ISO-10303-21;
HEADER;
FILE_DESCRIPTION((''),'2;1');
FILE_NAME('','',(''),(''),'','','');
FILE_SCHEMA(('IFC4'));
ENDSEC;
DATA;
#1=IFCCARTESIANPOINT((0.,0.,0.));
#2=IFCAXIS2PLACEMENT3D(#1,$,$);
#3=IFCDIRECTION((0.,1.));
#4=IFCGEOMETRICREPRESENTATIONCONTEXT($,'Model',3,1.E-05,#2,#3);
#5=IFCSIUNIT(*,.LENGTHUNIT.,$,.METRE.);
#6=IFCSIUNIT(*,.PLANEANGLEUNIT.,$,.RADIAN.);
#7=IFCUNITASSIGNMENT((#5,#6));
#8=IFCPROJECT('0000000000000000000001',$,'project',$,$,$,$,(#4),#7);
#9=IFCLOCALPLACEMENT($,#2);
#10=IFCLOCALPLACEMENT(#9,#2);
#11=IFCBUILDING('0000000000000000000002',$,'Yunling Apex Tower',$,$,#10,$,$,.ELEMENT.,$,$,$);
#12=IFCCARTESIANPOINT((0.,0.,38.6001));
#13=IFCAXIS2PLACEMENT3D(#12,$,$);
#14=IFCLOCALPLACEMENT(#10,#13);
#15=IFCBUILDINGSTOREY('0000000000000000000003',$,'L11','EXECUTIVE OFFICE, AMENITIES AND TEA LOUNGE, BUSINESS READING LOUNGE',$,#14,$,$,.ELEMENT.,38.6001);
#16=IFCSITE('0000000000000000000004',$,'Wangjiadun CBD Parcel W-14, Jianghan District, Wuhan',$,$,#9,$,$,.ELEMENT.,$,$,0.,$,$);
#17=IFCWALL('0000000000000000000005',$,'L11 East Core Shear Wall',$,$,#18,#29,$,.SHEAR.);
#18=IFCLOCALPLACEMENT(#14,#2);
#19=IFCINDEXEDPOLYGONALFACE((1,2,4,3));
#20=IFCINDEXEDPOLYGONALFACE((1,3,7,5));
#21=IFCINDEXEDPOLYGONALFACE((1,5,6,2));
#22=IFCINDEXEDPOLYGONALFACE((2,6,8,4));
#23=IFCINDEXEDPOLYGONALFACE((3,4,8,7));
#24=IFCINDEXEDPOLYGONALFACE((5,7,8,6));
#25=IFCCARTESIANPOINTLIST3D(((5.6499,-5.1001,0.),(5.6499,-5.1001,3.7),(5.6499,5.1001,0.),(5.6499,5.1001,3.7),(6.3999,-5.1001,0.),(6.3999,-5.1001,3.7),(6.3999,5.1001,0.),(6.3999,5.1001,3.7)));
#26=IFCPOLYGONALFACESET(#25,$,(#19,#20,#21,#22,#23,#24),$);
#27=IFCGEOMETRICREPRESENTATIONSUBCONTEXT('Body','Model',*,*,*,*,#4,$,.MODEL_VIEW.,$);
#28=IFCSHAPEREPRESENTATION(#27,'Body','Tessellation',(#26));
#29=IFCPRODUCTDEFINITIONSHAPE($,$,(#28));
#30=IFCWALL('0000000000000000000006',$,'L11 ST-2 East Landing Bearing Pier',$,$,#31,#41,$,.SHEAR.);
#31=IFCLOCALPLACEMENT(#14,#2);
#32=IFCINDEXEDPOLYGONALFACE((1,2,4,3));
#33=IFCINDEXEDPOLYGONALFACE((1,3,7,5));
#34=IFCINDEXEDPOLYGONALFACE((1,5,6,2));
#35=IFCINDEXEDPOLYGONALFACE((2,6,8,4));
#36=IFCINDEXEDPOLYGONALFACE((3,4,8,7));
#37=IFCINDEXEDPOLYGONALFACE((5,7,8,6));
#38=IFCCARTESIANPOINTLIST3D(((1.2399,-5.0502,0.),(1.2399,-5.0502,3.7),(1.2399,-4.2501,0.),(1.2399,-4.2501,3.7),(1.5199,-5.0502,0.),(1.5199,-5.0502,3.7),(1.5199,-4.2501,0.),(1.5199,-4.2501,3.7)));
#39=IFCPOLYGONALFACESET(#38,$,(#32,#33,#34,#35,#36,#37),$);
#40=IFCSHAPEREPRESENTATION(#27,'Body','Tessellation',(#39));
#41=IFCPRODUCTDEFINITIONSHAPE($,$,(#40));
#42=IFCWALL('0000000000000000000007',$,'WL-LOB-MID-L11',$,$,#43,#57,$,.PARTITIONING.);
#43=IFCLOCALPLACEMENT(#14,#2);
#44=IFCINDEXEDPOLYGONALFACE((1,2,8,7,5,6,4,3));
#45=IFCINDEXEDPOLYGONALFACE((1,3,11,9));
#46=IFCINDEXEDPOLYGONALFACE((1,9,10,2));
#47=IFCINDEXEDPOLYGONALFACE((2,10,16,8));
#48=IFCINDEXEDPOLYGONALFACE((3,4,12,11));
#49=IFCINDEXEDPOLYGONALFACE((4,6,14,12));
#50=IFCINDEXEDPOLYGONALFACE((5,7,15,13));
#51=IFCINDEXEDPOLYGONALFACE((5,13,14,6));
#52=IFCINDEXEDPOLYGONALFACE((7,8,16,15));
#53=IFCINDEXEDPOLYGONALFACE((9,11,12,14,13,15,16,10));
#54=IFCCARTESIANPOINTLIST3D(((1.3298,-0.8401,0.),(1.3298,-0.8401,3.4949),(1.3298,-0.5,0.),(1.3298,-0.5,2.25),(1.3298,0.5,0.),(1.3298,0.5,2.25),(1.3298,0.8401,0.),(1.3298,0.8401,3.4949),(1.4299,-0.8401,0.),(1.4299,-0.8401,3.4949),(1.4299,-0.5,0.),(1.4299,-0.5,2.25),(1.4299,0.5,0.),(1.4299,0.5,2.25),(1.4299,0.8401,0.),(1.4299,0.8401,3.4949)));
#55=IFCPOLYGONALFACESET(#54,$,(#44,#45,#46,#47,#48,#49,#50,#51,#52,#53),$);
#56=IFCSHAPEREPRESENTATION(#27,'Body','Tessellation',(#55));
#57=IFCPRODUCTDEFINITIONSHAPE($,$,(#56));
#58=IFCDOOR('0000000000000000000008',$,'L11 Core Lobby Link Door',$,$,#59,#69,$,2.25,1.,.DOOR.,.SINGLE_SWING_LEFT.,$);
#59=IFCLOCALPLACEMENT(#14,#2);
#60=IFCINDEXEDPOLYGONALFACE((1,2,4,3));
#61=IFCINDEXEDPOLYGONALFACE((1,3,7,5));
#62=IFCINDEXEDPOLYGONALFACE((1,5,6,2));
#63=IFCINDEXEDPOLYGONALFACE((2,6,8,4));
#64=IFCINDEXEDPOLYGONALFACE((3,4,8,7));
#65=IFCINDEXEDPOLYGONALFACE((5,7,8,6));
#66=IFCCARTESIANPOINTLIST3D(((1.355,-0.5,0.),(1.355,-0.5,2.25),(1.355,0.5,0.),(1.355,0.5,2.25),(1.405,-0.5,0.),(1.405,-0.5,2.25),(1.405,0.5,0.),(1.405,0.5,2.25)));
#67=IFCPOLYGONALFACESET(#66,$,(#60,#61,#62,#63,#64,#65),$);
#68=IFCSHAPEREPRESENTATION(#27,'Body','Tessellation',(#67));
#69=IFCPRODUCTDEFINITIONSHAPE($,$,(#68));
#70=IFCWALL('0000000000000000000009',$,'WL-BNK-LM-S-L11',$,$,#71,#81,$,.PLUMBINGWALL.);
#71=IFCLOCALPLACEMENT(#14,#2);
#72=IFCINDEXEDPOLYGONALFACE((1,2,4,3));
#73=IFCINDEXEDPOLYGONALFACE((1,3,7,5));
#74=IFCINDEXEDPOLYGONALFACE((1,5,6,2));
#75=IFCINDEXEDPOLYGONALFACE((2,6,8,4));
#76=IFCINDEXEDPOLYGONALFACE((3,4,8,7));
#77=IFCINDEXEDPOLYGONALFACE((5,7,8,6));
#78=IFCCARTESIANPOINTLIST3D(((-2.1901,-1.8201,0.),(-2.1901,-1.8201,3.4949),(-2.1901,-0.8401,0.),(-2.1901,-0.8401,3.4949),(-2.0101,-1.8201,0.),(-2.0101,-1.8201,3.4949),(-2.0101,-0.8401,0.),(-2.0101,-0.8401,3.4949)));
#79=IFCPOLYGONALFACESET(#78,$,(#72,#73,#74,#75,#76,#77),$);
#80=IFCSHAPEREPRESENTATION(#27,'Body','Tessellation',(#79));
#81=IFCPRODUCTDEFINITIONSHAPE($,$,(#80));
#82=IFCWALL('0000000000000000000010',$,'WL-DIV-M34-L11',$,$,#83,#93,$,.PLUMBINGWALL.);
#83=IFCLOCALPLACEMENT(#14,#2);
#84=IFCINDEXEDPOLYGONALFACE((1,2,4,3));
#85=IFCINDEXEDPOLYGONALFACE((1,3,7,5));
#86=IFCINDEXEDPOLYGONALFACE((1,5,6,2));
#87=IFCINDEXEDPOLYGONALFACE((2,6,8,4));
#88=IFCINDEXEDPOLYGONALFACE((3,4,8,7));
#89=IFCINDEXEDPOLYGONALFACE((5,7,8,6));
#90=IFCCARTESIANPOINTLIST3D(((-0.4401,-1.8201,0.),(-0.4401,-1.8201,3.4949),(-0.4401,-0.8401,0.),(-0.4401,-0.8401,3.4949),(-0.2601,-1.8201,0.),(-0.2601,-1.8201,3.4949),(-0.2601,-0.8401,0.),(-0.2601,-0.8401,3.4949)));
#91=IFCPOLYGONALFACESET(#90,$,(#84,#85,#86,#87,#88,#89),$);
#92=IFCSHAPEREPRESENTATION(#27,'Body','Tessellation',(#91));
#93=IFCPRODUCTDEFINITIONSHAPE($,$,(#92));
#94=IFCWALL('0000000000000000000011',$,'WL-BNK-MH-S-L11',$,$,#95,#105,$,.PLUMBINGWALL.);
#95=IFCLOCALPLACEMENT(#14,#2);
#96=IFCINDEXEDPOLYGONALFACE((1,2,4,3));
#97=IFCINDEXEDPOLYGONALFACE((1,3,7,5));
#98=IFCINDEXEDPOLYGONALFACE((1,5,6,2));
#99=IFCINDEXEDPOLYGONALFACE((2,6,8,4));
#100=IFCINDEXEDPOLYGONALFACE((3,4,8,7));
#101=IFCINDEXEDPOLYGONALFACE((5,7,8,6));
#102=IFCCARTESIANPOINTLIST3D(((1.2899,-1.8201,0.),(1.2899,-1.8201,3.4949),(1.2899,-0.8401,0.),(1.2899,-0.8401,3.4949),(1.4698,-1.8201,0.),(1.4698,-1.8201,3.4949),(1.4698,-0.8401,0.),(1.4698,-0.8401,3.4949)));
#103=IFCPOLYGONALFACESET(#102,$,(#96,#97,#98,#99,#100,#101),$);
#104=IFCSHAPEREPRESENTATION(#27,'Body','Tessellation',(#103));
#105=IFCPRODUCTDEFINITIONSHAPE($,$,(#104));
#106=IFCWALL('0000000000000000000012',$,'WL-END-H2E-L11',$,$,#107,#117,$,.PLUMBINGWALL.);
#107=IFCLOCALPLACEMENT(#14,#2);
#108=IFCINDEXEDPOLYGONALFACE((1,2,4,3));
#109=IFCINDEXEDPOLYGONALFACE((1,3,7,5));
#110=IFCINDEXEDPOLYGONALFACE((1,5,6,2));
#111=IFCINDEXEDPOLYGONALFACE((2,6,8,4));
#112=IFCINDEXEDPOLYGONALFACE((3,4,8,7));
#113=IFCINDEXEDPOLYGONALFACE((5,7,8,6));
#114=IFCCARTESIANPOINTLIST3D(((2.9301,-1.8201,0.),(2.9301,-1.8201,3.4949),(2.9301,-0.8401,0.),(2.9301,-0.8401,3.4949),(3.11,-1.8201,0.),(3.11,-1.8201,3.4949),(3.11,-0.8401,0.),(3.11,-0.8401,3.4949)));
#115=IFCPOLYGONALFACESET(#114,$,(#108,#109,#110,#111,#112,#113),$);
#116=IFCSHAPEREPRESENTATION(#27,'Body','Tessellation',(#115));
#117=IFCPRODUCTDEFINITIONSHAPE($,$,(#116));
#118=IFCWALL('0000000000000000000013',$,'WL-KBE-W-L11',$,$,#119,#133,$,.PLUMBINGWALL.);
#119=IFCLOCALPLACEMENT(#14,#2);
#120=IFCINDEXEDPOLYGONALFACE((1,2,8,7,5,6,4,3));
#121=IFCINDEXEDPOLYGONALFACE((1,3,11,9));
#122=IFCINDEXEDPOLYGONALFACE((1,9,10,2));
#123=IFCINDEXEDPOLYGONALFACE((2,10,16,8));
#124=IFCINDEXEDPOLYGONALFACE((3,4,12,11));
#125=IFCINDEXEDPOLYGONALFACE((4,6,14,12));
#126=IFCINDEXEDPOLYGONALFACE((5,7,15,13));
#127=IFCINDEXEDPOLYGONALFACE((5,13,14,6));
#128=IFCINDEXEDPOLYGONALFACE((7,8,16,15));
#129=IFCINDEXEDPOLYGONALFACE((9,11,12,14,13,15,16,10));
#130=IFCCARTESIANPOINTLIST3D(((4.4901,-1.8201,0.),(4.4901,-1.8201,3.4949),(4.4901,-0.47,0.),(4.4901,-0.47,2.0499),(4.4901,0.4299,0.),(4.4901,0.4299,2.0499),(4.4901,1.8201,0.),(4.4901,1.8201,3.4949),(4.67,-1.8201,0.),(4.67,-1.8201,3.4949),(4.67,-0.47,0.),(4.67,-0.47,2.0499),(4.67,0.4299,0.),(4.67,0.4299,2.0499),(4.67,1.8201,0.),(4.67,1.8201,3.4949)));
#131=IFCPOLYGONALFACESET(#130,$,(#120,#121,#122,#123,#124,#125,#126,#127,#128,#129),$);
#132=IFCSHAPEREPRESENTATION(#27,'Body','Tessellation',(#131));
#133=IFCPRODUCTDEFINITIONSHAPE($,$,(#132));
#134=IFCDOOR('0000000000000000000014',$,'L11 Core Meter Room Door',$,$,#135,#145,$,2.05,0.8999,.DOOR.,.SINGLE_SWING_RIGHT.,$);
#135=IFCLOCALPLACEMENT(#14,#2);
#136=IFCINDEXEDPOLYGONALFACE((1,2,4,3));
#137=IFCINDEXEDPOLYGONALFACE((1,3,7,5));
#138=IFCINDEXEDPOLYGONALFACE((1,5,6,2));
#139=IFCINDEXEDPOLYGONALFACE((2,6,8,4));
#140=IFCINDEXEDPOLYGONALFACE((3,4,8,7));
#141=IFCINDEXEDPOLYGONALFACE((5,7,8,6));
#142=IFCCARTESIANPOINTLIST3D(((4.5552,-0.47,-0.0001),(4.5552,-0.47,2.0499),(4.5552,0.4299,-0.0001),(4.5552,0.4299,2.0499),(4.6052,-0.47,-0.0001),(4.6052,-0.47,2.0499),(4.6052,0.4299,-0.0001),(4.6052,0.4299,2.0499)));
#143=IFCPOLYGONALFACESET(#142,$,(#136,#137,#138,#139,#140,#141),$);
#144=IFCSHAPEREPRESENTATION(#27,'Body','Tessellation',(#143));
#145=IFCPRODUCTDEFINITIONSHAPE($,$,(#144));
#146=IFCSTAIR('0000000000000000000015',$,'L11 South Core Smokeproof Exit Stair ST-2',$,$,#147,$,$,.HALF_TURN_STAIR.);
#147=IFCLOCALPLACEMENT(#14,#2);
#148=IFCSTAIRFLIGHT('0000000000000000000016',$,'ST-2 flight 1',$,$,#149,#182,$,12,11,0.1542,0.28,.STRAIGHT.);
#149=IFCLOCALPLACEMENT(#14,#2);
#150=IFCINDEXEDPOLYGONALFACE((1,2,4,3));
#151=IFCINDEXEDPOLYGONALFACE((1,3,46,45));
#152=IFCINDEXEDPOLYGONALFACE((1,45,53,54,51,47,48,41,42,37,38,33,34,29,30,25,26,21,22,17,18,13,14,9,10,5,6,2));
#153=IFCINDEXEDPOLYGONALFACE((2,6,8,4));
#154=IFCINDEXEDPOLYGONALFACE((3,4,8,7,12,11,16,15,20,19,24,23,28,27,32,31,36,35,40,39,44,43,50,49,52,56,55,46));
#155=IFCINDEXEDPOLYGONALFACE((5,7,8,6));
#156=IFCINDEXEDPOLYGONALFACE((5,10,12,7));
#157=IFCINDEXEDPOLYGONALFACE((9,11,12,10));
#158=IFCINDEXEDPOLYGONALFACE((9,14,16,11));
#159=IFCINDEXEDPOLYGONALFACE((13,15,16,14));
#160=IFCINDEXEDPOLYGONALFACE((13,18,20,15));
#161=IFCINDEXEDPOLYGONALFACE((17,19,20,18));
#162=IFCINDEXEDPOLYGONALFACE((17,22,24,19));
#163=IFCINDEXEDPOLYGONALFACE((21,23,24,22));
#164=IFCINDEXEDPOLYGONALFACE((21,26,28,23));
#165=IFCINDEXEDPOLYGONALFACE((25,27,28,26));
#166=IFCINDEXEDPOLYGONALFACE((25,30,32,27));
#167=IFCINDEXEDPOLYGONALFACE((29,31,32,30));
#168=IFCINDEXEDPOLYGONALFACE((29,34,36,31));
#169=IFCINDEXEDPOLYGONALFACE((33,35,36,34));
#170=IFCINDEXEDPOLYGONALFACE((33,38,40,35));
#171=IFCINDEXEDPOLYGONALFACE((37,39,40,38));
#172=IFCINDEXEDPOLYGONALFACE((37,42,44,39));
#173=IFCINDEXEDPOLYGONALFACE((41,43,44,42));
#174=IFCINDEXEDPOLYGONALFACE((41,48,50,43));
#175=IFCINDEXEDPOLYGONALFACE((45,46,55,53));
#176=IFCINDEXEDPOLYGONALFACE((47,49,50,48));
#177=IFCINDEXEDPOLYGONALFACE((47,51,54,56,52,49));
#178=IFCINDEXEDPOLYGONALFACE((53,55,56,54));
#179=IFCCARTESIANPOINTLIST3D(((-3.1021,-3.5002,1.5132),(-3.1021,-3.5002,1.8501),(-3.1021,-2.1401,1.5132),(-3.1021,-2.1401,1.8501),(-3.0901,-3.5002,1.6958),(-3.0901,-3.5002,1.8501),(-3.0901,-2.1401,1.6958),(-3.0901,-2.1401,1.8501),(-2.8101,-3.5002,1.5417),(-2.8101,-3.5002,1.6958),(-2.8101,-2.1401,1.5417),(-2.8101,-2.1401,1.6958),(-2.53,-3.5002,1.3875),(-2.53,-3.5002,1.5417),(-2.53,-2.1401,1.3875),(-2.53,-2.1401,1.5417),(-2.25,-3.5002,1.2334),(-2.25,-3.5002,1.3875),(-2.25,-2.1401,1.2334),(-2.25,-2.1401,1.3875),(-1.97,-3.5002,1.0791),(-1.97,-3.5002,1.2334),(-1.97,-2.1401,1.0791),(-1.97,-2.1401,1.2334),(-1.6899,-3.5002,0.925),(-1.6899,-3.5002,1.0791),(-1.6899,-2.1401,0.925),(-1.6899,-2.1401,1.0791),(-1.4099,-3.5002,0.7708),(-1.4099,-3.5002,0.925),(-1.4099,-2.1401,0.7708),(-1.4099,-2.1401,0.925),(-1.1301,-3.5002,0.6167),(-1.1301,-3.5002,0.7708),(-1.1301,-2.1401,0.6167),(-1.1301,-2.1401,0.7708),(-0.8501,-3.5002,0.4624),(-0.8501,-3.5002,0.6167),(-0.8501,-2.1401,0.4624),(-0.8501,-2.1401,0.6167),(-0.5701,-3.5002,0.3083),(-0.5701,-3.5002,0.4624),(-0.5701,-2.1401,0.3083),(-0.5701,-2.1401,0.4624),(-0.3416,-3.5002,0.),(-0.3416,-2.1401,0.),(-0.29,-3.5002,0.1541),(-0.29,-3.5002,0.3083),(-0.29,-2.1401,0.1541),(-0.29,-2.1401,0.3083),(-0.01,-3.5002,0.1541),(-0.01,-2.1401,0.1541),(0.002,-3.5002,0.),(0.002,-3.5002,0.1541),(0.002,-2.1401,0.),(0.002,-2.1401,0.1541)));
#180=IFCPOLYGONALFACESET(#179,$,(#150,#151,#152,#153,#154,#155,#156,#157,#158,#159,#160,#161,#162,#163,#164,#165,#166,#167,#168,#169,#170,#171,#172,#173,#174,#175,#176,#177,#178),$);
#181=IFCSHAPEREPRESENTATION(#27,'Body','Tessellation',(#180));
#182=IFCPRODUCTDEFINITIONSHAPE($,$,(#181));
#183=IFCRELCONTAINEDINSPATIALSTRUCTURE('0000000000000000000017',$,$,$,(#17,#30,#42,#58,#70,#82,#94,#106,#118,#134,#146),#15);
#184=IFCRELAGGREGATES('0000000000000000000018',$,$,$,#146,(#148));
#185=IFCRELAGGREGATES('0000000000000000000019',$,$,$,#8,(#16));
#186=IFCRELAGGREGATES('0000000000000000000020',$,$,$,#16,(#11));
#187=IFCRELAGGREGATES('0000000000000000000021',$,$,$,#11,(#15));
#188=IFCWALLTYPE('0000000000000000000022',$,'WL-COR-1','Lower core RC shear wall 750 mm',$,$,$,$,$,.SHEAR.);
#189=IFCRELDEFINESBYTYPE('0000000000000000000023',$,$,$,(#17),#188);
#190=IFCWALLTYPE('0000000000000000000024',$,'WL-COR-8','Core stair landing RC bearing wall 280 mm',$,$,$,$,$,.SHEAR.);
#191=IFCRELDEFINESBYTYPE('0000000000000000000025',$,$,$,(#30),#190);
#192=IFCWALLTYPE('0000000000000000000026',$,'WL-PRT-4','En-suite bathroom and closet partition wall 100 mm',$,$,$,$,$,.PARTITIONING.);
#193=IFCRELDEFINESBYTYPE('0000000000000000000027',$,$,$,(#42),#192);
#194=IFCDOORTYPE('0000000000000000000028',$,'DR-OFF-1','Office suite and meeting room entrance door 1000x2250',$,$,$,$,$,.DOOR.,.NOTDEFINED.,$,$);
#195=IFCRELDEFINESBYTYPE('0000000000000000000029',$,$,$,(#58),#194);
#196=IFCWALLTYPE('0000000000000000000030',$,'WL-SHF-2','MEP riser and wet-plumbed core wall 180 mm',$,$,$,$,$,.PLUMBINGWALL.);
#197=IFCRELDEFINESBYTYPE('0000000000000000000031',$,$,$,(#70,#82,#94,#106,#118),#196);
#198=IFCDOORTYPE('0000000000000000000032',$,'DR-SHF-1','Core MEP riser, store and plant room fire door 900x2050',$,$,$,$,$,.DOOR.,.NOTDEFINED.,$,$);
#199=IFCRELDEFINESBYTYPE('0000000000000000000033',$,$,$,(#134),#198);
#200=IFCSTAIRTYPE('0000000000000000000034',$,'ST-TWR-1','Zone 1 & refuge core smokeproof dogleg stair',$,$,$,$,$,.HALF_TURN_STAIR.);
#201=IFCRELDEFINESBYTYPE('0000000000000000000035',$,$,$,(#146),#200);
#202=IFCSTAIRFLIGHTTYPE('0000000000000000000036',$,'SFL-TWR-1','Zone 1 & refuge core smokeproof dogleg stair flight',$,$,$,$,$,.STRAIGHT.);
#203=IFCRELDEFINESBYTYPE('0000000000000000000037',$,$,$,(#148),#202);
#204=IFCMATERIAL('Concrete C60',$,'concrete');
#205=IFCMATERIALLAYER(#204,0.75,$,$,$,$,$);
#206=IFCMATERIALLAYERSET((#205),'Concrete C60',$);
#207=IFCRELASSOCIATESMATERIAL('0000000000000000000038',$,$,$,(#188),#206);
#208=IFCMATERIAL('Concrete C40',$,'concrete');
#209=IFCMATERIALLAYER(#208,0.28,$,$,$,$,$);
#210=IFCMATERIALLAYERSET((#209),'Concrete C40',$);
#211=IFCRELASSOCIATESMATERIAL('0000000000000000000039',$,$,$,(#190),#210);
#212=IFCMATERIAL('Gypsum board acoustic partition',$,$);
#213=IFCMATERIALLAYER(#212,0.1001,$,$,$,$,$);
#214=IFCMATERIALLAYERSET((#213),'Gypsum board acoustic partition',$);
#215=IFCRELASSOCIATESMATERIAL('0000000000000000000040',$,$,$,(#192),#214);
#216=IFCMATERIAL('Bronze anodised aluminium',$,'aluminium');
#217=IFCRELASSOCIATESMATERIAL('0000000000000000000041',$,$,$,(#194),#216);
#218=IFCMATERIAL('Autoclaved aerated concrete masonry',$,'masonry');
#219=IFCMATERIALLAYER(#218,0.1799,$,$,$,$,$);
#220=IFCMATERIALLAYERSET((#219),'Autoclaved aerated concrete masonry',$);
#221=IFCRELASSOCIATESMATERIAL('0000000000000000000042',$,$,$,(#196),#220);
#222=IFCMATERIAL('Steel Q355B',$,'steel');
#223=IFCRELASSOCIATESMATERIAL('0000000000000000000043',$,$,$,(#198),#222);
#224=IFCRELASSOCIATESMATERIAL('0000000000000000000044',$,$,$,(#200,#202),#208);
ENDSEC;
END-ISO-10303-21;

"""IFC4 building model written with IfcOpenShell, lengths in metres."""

from ifc_helpers import new_model, si_unit, direction, frame, frame_2d, origin, place, context, subcontext, project, spatial, polyline, rectangle, outline, extrude, material, layer, layer_set, type_object, element, fill, aggregate, save


model = new_model("IFC4")

# Units and contexts
model_context = context("Model", 3, precision=1e-05, world=origin(), true_north=direction((0.0, 1.0)))
body_context = subcontext(model_context, "Body", "Model", "MODEL_VIEW")
ifc_project = project(units=[si_unit("LENGTHUNIT", "METRE"), si_unit("PLANEANGLEUNIT", "RADIAN")], contexts=[model_context])

# Site, building, storey
site_placement = place(None, origin())
site = spatial("IfcSite", under=ifc_project, at=site_placement, Name="Wangjiadun CBD Parcel W-14, Jianghan District, Wuhan", CompositionType="ELEMENT", RefElevation=0.0)
building_placement = place(site_placement, origin())
building = spatial("IfcBuilding", under=site, at=building_placement, Name="Yunling Apex Tower", CompositionType="ELEMENT")
storey_placement = place(building_placement, frame((0.0, 0.0, 38.6001)))
storey = spatial("IfcBuildingStorey", under=building, at=storey_placement, Name="L11", Description="EXECUTIVE OFFICE, AMENITIES AND TEA LOUNGE, BUSINESS READING LOUNGE", CompositionType="ELEMENT", Elevation=38.6001)

# Walls
ifc_material_1 = material(Name="Concrete C60", Category="concrete")
ifc_layer_1 = layer(ifc_material_1, 0.75)
ifc_layer_set_1 = layer_set([ifc_layer_1], Name="Concrete C60")
wall_type_1 = type_object("IfcWallType", Name="WL-COR-1", Description="Lower core RC shear wall 750 mm", PredefinedType="SHEAR", material=ifc_layer_set_1)
wall_1_placement = place(storey_placement, frame((6.0249, -5.1001, 0.0), z_axis=(0.0, 0.0, 1.0), x_axis=(0.0, 1.0, 0.0)))
element("IfcWall", 1, at=wall_1_placement, inside=storey, type_object=wall_type_1, Name="L11 East Core Shear Wall", PredefinedType="SHEAR", context=body_context, shape_type="SweptSolid", body=[
    extrude(rectangle(XDim=10.2002, YDim=0.75, at=frame_2d((5.1001, 0.0))), origin(), (0.0, 0.0, 1.0), 3.7),
])
ifc_material_2 = material(Name="Concrete C40", Category="concrete")
ifc_layer_2 = layer(ifc_material_2, 0.28)
ifc_layer_set_2 = layer_set([ifc_layer_2], Name="Concrete C40")
wall_type_2 = type_object("IfcWallType", Name="WL-COR-8", Description="Core stair landing RC bearing wall 280 mm", PredefinedType="SHEAR", material=ifc_layer_set_2)
wall_2_placement = place(storey_placement, frame((1.3799, -5.05, 0.0), z_axis=(0.0, 0.0, 1.0), x_axis=(0.0, 1.0, 0.0)))
element("IfcWall", 2, at=wall_2_placement, inside=storey, type_object=wall_type_2, Name="L11 ST-2 East Landing Bearing Pier", PredefinedType="SHEAR", context=body_context, shape_type="SweptSolid", body=[
    extrude(rectangle(XDim=0.8, YDim=0.28, at=frame_2d((0.3999, 0.0))), origin(), (0.0, 0.0, 1.0), 3.7),
])

# Wall, opening, door
ifc_material_3 = material(Name="Gypsum board acoustic partition")
ifc_layer_3 = layer(ifc_material_3, 0.1001)
ifc_layer_set_3 = layer_set([ifc_layer_3], Name="Gypsum board acoustic partition")
wall_type_3 = type_object("IfcWallType", Name="WL-PRT-4", Description="En-suite bathroom and closet partition wall 100 mm", PredefinedType="PARTITIONING", material=ifc_layer_set_3)
wall_3_placement = place(storey_placement, frame((1.3799, -0.8401, 0.0), z_axis=(0.0, 0.0, 1.0), x_axis=(0.0, 1.0, 0.0)))
wall_3 = element("IfcWall", 3, at=wall_3_placement, inside=storey, type_object=wall_type_3, Name="WL-LOB-MID-L11", PredefinedType="PARTITIONING", context=body_context, shape_type="SweptSolid", body=[
    extrude(rectangle(XDim=1.6802, YDim=0.1001, at=frame_2d((0.8401, 0.0))), origin(), (0.0, 0.0, 1.0), 3.4949),
])
opening_1_placement = place(wall_3_placement, frame((0.3401, 0.0, 0.0)))
opening_1 = element("IfcOpeningElement", 4, at=opening_1_placement, cuts=wall_3, PredefinedType="OPENING", context=body_context, shape_type="SweptSolid", body=[
    extrude(rectangle(XDim=1.0, YDim=2.25, at=frame_2d((0.5, 1.125))), frame((0.0, 0.0601, 0.0), z_axis=(0.0, -1.0, 0.0), x_axis=(1.0, 0.0, 0.0)), (0.0, 0.0, 1.0), 0.1201),
])
ifc_material_4 = material(Name="Bronze anodised aluminium", Category="aluminium")
door_type_1 = type_object("IfcDoorType", Name="DR-OFF-1", Description="Office suite and meeting room entrance door 1000x2250", OperationType="NOTDEFINED", PredefinedType="DOOR", material=ifc_material_4)
door_1_placement = place(opening_1_placement, origin())
door_1 = element("IfcDoor", 5, at=door_1_placement, inside=storey, type_object=door_type_1, Name="L11 Core Lobby Link Door", OperationType="SINGLE_SWING_LEFT", OverallHeight=2.25, OverallWidth=1.0, PredefinedType="DOOR", context=body_context, shape_type="SweptSolid", body=[
    extrude(rectangle(XDim=1.0, YDim=2.25, at=frame_2d((0.5, 1.125))), frame((0.0, 0.0249, 0.0), z_axis=(0.0, -1.0, 0.0), x_axis=(1.0, 0.0, 0.0)), (0.0, 0.0, 1.0), 0.05),
])
fill(opening_1, door_1)
ifc_material_5 = material(Name="Autoclaved aerated concrete masonry", Category="masonry")
ifc_material_6 = material(Name="Steel Q355B", Category="steel")

# Walls
ifc_layer_4 = layer(ifc_material_5, 0.1799)
ifc_layer_set_4 = layer_set([ifc_layer_4], Name="Autoclaved aerated concrete masonry")
wall_type_4 = type_object("IfcWallType", Name="WL-SHF-2", Description="MEP riser and wet-plumbed core wall 180 mm", PredefinedType="PLUMBINGWALL", material=ifc_layer_set_4)
for number, where, z_axis, x_axis, name in (
    (6, (-2.1001, -1.8201, 0.0), (0.0, 0.0, 1.0), (0.0, 1.0, 0.0), "WL-BNK-LM-S-L11"),
    (7, (-0.3501, -1.8201, 0.0), (0.0, 0.0, 1.0), (0.0, 1.0, 0.0), "WL-DIV-M34-L11"),
    (8, (1.3799, -1.8201, 0.0), (0.0, 0.0, 1.0), (0.0, 1.0, 0.0), "WL-BNK-MH-S-L11"),
    (9, (3.02, -1.8201, 0.0), (0.0, 0.0, 1.0), (0.0, 1.0, 0.0), "WL-END-H2E-L11"),
):
    element("IfcWall", number, at=place(storey_placement, frame(where, z_axis=z_axis, x_axis=x_axis)), inside=storey, type_object=wall_type_4, Name=name, PredefinedType="PLUMBINGWALL", context=body_context, shape_type="SweptSolid", body=[
        extrude(rectangle(XDim=0.98, YDim=0.1799, at=frame_2d((0.49, 0.0))), origin(), (0.0, 0.0, 1.0), 3.4949),
    ])

# Wall, opening, door
wall_4_placement = place(storey_placement, frame((4.5801, -1.8201, 0.0), z_axis=(0.0, 0.0, 1.0), x_axis=(0.0, 1.0, 0.0)))
wall_4 = element("IfcWall", 10, at=wall_4_placement, inside=storey, type_object=wall_type_4, Name="WL-KBE-W-L11", PredefinedType="PLUMBINGWALL", context=body_context, shape_type="SweptSolid", body=[
    extrude(rectangle(XDim=3.6401, YDim=0.1799, at=frame_2d((1.8201, 0.0))), origin(), (0.0, 0.0, 1.0), 3.4949),
])
opening_2_placement = place(wall_4_placement, frame((1.3501, 0.0, 0.0)))
opening_2 = element("IfcOpeningElement", 11, at=opening_2_placement, cuts=wall_4, PredefinedType="OPENING", context=body_context, shape_type="SweptSolid", body=[
    extrude(rectangle(XDim=0.8999, YDim=2.05, at=frame_2d((0.45, 1.0249))), frame((0.0, 0.1001, 0.0), z_axis=(0.0, -1.0, 0.0), x_axis=(1.0, 0.0, 0.0)), (0.0, 0.0, 1.0), 0.2),
])
door_type_2 = type_object("IfcDoorType", Name="DR-SHF-1", Description="Core MEP riser, store and plant room fire door 900x2050", OperationType="NOTDEFINED", PredefinedType="DOOR", material=ifc_material_6)
door_2_placement = place(opening_2_placement, origin())
door_2 = element("IfcDoor", 12, at=door_2_placement, inside=storey, type_object=door_type_2, Name="L11 Core Meter Room Door", OperationType="SINGLE_SWING_RIGHT", OverallHeight=2.05, OverallWidth=0.8999, PredefinedType="DOOR", context=body_context, shape_type="SweptSolid", body=[
    extrude(rectangle(XDim=0.8999, YDim=2.05, at=frame_2d((0.45, 1.0249))), frame((0.0, 0.0249, 0.0), z_axis=(0.0, -1.0, 0.0), x_axis=(1.0, 0.0, 0.0)), (0.0, 0.0, 1.0), 0.05),
])
fill(opening_2, door_2)

# Stair, stair flight
stair_type = type_object("IfcStairType", Name="ST-TWR-1", Description="Zone 1 & refuge core smokeproof dogleg stair", PredefinedType="HALF_TURN_STAIR", material=ifc_material_2)
stair_placement = place(storey_placement, origin())
stair = element("IfcStair", 13, at=stair_placement, inside=storey, type_object=stair_type, Name="L11 South Core Smokeproof Exit Stair ST-2", PredefinedType="HALF_TURN_STAIR")
stair_flight_type = type_object("IfcStairFlightType", Name="SFL-TWR-1", Description="Zone 1 & refuge core smokeproof dogleg stair flight", PredefinedType="STRAIGHT", material=ifc_material_2)
stair_flight_1_placement = place(storey_placement, frame((-0.01, -2.8201, 0.0), z_axis=(0.0, 0.0, 1.0), x_axis=(-1.0, 0.0, 0.0)))
stair_flight_1 = element("IfcStairFlight", 14, at=stair_flight_1_placement, type_object=stair_flight_type, Name="ST-2 flight 1", NumberOfRisers=12, NumberOfTreads=11, PredefinedType="STRAIGHT", RiserHeight=0.1542, TreadLength=0.28, context=body_context, shape_type="SweptSolid", body=[
    extrude(outline(polyline([(-0.012, 0.0), (-0.012, 0.1541), (0.0, 0.1541), (0.28, 0.1541), (0.28, 0.3083), (0.5601, 0.3083), (0.5601, 0.4624), (0.8401, 0.4624), (0.8401, 0.6167), (1.1201, 0.6167), (1.1201, 0.7708), (1.3999, 0.7708), (1.3999, 0.925), (1.6799, 0.925), (1.6799, 1.0791), (1.96, 1.0791), (1.96, 1.2334), (2.24, 1.2334), (2.24, 1.3875), (2.52, 1.3875), (2.52, 1.5417), (2.8, 1.5417), (2.8, 1.6958), (3.0801, 1.6958), (3.0801, 1.8501), (3.092, 1.8501), (3.092, 1.5132), (0.3315, 0.0), (-0.012, 0.0)])), frame((0.0, 0.6802, 0.0), z_axis=(0.0, -1.0, 0.0), x_axis=(1.0, 0.0, 0.0)), (0.0, 0.0, 1.0), 1.3601),
])
aggregate(stair, [stair_flight_1])

save(model, "model.ifc")
